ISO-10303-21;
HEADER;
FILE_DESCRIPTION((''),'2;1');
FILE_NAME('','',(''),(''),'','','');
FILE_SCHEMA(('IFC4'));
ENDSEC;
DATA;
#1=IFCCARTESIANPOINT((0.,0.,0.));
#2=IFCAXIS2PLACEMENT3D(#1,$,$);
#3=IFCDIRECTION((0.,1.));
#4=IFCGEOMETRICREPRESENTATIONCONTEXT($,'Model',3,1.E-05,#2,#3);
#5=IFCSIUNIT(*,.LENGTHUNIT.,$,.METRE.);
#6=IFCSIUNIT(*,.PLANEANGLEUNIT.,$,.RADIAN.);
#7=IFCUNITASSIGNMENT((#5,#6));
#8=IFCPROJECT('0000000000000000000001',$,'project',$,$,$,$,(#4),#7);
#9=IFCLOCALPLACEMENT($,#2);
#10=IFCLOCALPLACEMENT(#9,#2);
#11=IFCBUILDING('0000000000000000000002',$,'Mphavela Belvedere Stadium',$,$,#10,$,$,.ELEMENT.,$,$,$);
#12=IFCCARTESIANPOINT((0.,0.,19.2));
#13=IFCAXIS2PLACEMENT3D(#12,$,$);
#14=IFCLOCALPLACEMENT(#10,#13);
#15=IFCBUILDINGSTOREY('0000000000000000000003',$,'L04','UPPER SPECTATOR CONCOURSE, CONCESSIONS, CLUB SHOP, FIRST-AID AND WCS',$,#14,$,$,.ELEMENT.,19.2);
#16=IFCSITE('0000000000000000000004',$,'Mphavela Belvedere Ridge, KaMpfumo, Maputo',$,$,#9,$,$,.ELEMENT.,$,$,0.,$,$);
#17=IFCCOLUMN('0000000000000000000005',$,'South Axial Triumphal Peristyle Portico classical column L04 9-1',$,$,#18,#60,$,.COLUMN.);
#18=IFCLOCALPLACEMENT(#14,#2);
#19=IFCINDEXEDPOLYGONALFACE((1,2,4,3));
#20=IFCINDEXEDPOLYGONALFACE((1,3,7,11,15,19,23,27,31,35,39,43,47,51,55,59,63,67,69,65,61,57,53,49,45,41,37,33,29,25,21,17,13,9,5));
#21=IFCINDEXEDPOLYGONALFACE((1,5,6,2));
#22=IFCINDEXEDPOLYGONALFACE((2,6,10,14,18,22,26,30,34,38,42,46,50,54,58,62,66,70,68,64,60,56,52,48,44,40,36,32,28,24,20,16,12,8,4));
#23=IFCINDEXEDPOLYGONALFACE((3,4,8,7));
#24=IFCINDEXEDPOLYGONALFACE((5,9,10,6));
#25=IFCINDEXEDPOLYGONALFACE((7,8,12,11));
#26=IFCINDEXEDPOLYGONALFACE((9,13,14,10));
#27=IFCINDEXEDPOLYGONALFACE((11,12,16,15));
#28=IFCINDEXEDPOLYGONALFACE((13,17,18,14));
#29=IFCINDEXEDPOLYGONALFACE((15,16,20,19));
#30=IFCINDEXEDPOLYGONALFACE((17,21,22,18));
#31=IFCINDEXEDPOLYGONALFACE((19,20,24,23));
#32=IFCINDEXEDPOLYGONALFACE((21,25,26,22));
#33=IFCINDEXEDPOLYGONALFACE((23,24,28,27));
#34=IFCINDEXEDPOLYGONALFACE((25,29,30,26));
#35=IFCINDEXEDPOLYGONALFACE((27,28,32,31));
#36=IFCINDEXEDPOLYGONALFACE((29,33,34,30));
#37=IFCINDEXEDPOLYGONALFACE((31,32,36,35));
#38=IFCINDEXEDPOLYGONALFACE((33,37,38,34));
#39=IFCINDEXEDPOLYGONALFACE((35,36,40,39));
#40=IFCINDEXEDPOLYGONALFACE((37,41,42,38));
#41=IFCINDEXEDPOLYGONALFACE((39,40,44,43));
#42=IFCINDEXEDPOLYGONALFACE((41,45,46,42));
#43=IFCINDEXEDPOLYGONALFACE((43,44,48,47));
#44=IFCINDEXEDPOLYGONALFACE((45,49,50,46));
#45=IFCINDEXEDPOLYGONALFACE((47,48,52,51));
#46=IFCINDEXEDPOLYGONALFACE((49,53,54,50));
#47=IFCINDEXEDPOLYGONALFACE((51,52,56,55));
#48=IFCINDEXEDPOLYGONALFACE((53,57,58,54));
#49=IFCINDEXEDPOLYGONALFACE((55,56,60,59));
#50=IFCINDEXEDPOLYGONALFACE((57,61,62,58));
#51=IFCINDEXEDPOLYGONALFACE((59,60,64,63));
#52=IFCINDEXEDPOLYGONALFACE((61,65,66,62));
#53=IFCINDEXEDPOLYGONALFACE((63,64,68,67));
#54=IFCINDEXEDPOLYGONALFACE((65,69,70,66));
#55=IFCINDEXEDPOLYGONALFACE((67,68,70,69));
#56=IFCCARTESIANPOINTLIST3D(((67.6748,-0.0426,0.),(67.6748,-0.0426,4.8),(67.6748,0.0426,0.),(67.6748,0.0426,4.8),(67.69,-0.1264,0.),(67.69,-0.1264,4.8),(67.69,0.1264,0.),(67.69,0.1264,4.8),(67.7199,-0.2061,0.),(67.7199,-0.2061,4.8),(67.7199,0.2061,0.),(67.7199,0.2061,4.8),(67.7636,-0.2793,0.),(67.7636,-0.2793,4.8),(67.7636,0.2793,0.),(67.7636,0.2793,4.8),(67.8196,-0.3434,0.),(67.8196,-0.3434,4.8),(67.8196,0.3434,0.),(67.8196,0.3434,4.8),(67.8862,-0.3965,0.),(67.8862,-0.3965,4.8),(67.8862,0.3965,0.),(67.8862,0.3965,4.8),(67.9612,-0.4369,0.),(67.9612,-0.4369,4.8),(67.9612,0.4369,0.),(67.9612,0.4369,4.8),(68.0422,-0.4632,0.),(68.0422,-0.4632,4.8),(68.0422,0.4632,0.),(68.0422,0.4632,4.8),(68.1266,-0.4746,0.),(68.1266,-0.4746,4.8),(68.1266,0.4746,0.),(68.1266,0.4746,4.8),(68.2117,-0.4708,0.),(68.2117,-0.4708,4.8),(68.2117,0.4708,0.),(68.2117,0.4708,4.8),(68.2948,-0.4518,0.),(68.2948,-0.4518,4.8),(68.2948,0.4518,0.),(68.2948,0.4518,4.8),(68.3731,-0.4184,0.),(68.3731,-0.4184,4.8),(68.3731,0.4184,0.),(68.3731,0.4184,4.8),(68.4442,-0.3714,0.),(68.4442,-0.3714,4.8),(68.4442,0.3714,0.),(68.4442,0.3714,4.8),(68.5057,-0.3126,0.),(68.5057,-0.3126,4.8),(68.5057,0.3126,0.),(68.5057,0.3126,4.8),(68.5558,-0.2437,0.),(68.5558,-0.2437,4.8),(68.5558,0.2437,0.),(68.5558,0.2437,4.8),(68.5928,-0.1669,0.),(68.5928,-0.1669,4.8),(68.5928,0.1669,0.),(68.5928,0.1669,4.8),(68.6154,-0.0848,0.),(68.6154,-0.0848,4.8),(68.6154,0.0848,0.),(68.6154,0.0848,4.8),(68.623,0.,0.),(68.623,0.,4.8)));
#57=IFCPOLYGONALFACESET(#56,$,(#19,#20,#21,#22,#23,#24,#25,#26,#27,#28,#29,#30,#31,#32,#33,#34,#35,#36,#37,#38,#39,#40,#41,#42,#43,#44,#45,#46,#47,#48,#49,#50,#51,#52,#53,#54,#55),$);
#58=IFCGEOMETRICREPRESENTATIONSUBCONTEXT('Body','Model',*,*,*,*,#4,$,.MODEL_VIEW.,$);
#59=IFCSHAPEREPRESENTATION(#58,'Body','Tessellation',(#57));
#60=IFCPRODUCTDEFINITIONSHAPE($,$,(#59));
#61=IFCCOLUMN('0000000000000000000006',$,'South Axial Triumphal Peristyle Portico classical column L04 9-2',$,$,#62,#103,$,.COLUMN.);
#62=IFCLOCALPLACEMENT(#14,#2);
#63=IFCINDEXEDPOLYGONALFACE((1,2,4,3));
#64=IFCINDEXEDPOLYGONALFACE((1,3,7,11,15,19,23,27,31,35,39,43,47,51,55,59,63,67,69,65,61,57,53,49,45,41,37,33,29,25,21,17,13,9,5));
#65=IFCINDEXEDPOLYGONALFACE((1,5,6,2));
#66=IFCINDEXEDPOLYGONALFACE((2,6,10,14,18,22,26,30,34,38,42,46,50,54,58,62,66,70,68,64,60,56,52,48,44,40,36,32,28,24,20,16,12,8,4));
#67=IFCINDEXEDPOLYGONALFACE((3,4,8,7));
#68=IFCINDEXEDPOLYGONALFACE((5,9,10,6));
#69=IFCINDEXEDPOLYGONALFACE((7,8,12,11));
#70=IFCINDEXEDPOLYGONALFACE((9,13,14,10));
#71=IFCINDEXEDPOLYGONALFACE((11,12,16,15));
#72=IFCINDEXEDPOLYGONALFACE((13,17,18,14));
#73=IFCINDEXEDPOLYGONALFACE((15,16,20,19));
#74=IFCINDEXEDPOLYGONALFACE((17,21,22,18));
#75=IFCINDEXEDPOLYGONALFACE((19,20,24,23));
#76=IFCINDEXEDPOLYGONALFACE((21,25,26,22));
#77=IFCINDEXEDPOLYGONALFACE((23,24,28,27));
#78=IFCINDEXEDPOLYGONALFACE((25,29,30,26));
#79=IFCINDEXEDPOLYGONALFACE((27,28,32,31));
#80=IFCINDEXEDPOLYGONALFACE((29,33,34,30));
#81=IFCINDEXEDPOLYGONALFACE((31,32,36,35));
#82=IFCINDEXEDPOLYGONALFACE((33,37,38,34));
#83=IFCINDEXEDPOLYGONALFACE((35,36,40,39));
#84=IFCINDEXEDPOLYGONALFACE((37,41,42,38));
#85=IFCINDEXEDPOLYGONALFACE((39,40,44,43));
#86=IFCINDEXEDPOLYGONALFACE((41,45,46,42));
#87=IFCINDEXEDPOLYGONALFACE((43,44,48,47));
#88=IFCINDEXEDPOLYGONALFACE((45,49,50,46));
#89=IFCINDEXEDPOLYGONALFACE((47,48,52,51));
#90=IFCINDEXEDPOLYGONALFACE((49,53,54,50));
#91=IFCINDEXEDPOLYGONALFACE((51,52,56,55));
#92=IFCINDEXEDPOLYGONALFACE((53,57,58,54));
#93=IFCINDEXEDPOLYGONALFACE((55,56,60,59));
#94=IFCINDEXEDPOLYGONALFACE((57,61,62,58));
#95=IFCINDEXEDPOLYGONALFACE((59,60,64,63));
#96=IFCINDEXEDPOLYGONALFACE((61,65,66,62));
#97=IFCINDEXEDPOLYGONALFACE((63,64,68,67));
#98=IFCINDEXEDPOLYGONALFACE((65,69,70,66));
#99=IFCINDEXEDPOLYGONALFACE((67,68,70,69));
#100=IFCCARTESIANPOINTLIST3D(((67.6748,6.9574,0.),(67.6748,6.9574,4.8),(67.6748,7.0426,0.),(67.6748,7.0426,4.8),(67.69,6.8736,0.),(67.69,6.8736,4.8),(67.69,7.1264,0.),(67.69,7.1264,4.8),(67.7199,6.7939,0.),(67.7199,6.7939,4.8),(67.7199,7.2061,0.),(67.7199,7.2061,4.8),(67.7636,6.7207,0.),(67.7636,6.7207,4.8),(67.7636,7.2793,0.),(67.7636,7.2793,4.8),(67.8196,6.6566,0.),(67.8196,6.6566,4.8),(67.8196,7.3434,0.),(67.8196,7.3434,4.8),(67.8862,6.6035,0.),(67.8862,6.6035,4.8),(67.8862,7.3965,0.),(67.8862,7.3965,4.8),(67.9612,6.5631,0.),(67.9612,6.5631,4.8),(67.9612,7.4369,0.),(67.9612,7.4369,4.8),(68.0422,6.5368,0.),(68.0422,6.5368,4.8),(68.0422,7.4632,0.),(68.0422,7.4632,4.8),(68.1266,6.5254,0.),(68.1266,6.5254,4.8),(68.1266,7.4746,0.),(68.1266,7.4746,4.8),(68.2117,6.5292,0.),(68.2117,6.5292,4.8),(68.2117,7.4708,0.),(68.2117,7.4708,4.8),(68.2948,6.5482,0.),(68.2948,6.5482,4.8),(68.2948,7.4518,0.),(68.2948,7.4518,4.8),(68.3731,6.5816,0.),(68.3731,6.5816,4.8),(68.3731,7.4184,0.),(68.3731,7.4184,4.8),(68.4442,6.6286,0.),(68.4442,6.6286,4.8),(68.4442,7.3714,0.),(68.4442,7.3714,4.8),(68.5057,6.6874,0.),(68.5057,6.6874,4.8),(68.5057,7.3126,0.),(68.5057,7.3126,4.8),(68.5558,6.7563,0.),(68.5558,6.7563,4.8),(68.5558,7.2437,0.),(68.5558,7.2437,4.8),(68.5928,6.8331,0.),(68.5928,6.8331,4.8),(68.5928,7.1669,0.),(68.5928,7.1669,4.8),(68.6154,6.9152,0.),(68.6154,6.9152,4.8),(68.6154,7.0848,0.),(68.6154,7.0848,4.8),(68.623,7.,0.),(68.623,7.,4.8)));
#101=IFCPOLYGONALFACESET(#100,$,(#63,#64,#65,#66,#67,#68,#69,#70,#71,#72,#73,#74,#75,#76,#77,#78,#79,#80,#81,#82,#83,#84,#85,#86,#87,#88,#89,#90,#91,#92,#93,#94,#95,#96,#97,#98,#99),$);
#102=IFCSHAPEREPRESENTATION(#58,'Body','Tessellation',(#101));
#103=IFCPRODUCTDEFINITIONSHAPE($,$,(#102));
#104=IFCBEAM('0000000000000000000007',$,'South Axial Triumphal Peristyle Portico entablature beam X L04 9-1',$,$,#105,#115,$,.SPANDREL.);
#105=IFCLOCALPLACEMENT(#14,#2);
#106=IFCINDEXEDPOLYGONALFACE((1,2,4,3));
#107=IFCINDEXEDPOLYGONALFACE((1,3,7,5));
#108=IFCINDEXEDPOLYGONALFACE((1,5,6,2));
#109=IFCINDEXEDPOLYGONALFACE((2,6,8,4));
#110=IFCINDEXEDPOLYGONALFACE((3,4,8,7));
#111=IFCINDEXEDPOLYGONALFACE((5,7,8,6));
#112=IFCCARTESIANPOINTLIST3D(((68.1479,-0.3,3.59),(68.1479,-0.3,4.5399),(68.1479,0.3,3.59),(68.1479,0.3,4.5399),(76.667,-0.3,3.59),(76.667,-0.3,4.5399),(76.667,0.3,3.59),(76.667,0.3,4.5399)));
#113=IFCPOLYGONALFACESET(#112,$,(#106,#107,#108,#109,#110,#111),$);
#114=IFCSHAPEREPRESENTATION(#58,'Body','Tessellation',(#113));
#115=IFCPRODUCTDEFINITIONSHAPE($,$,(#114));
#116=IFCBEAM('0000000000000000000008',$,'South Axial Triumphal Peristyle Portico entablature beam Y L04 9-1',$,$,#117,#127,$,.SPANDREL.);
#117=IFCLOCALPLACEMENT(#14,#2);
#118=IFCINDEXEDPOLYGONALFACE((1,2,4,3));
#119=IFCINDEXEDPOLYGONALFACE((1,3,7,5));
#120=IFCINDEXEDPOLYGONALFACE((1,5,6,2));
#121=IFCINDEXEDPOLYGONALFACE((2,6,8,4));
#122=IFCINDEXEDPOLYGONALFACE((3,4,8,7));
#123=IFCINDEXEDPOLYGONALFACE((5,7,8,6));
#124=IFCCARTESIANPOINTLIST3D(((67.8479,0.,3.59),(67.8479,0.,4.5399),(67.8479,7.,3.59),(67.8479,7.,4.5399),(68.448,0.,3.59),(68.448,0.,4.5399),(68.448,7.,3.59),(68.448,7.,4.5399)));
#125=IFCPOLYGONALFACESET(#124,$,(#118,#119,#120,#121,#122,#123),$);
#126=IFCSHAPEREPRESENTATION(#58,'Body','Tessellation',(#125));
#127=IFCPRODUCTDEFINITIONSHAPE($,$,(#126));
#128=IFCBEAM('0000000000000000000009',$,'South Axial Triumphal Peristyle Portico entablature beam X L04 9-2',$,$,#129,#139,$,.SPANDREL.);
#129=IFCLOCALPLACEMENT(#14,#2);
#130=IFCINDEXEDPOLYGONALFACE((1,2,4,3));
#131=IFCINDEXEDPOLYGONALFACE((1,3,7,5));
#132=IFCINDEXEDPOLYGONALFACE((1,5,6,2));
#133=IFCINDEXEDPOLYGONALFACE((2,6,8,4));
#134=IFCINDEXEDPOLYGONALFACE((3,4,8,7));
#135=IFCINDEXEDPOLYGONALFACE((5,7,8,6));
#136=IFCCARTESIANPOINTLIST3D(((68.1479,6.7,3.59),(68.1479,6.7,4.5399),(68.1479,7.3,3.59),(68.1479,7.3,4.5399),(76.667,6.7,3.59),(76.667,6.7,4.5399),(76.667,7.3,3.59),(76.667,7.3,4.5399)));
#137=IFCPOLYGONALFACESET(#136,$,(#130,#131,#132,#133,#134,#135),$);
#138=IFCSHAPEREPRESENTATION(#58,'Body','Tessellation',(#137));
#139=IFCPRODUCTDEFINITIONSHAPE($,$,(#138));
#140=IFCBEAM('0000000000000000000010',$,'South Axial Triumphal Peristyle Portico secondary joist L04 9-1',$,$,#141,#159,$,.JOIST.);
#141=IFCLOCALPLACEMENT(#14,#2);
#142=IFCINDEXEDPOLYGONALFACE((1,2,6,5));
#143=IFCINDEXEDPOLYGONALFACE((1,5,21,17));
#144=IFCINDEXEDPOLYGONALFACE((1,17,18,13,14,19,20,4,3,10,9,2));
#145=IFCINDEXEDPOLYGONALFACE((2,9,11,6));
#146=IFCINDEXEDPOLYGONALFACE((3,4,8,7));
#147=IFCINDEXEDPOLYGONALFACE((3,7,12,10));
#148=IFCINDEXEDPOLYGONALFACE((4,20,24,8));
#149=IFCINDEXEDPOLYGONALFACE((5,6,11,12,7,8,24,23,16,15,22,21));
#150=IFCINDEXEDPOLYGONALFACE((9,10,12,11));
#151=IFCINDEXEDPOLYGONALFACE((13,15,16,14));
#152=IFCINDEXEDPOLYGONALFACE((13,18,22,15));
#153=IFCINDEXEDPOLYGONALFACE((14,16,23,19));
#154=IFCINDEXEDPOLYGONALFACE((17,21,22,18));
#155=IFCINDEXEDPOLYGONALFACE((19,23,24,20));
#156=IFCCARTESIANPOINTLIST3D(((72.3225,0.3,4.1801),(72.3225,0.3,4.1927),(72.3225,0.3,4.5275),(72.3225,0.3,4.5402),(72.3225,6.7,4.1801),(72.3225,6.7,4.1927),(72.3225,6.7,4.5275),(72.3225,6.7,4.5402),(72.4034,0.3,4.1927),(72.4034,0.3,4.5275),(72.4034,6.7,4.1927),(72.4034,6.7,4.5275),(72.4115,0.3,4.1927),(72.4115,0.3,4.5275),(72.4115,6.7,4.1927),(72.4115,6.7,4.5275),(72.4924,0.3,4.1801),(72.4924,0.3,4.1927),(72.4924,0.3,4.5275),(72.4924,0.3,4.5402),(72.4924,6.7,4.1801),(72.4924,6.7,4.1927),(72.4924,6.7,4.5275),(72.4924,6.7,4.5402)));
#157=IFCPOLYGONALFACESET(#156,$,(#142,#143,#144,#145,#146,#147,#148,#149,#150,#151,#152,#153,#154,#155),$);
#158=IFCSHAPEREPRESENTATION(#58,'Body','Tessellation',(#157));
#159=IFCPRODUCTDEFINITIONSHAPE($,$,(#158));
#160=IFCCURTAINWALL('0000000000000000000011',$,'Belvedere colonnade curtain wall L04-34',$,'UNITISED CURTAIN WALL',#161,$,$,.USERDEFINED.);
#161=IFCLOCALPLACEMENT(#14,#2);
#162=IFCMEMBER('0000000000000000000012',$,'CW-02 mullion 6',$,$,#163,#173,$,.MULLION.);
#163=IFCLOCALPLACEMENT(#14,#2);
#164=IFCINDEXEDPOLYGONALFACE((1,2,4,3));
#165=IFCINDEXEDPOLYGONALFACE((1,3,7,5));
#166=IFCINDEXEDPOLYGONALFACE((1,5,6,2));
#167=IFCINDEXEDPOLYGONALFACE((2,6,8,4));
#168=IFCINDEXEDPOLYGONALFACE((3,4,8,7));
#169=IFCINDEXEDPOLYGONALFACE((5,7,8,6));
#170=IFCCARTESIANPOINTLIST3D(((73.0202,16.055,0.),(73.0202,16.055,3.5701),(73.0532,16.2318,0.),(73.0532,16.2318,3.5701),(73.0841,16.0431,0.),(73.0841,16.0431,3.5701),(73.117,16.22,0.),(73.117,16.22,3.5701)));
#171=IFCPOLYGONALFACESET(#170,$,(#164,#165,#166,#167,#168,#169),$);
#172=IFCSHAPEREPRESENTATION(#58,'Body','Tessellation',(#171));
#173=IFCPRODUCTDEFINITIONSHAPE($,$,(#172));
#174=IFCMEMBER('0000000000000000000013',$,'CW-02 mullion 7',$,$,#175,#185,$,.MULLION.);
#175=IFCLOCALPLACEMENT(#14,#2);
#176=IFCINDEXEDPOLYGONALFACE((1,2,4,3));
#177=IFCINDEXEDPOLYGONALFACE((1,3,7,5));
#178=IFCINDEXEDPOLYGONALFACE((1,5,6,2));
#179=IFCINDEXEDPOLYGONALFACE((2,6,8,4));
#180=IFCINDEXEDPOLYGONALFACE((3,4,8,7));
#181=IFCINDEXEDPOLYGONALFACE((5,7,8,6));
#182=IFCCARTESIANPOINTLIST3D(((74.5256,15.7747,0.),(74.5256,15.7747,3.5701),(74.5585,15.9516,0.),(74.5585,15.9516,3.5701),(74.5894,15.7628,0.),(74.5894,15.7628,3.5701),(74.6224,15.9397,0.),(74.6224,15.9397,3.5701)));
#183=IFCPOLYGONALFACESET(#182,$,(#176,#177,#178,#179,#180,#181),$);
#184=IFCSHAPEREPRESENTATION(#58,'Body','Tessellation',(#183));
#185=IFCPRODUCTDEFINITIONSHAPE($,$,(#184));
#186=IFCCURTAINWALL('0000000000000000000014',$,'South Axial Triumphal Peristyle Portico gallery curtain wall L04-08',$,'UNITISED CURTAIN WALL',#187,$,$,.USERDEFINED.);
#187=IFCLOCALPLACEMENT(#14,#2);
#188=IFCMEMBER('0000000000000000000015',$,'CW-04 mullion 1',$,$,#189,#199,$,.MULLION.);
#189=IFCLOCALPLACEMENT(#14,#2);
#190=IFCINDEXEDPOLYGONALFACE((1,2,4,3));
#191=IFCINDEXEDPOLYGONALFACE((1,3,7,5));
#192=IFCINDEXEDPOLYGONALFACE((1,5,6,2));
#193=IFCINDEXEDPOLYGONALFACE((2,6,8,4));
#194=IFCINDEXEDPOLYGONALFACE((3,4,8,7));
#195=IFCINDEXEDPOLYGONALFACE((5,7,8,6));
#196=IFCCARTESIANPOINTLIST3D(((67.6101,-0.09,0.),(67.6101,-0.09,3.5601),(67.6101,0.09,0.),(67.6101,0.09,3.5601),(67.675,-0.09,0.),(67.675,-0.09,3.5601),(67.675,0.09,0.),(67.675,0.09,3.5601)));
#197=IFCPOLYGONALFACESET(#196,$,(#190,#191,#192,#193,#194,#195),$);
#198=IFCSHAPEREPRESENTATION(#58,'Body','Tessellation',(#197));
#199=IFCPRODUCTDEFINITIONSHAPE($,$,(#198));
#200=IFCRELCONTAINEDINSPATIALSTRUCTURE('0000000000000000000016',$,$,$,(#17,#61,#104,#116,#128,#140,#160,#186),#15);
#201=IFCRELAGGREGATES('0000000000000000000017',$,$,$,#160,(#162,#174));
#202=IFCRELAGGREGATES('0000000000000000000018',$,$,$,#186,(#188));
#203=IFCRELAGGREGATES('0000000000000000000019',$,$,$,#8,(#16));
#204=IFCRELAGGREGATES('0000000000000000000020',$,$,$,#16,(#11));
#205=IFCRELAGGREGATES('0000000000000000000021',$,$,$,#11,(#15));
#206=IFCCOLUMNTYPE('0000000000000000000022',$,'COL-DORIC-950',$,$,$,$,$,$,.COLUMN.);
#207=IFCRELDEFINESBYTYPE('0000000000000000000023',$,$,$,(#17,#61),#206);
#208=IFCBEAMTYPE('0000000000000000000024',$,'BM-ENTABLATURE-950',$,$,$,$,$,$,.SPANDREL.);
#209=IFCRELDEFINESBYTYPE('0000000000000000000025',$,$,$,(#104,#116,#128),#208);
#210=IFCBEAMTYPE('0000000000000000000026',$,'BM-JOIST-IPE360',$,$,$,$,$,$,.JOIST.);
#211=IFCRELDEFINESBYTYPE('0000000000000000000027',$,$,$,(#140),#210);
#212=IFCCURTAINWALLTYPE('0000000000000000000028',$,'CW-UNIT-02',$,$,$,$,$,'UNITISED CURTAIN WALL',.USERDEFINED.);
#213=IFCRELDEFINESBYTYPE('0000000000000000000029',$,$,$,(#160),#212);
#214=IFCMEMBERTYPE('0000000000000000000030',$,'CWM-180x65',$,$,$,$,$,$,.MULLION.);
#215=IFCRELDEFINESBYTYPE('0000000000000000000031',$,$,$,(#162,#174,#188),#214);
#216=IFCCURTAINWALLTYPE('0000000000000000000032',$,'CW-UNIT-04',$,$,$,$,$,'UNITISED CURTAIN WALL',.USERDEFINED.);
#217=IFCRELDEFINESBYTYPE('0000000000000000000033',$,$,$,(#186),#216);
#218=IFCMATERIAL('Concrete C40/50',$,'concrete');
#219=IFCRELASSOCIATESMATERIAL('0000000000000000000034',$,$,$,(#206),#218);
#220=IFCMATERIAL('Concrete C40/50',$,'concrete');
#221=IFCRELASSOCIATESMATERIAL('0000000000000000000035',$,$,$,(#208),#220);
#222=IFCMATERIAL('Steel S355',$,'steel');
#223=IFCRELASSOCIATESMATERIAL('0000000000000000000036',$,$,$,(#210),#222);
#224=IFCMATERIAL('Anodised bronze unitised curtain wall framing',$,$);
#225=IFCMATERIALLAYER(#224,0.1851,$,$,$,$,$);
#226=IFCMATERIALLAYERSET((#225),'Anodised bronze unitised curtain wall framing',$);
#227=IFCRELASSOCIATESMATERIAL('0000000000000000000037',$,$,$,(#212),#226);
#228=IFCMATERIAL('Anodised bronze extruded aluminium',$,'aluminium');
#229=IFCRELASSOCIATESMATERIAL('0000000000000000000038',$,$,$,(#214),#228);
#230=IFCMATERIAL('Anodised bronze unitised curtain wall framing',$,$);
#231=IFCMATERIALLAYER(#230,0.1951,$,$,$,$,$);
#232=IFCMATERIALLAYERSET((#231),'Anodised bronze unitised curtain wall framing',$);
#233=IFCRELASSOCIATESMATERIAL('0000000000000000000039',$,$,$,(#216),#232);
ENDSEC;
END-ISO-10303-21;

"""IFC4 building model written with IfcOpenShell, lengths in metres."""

from ifc_helpers import new_model, si_unit, direction, frame, origin, origin_2d, place, context, subcontext, project, spatial, rectangle, circle, i_section, extrude, material, layer, layer_set, material_profile, profile_set, type_object, element, aggregate, save


model = new_model("IFC4")

# Units and contexts
model_context = context("Model", 3, precision=1e-05, world=origin(), true_north=direction((0.0, 1.0)))
body_context = subcontext(model_context, "Body", "Model", "MODEL_VIEW")
ifc_project = project(units=[si_unit("LENGTHUNIT", "METRE"), si_unit("PLANEANGLEUNIT", "RADIAN")], contexts=[model_context])

# Site, building, storey
site_placement = place(None, origin())
site = spatial("IfcSite", under=ifc_project, at=site_placement, Name="Mphavela Belvedere Ridge, KaMpfumo, Maputo", CompositionType="ELEMENT", RefElevation=0.0)
building_placement = place(site_placement, origin())
building = spatial("IfcBuilding", under=site, at=building_placement, Name="Mphavela Belvedere Stadium", CompositionType="ELEMENT")
storey_placement = place(building_placement, frame((0.0, 0.0, 19.2)))
storey = spatial("IfcBuildingStorey", under=building, at=storey_placement, Name="L04", Description="UPPER SPECTATOR CONCOURSE, CONCESSIONS, CLUB SHOP, FIRST-AID AND WCS", CompositionType="ELEMENT", Elevation=19.2)

# Columns
ifc_material_1 = material(Name="Concrete C40/50", Category="concrete")
ifc_material_profile_1 = material_profile(ifc_material_1, circle(Radius=0.4751, at=origin_2d()), Name="COL D950")
ifc_profile_set_1 = profile_set([ifc_material_profile_1], Name="Concrete C40/50")
column_type = type_object("IfcColumnType", Name="COL-DORIC-950", PredefinedType="COLUMN", material=ifc_profile_set_1)
for number, where, z_axis, x_axis, name in (
    (1, (68.1479, 0.0, 0.0), (0.0, 0.0, 1.0), (1.0, 0.0, 0.0), "South Axial Triumphal Peristyle Portico classical column L04 9-1"),
    (2, (68.1479, 7.0, 0.0), (0.0, 0.0, 1.0), (1.0, 0.0, 0.0), "South Axial Triumphal Peristyle Portico classical column L04 9-2"),
):
    element("IfcColumn", number, at=place(storey_placement, frame(where, z_axis=z_axis, x_axis=x_axis)), inside=storey, type_object=column_type, Name=name, PredefinedType="COLUMN", context=body_context, shape_type="SweptSolid", body=[
        extrude(circle(Radius=0.4751, at=origin_2d()), origin(), (0.0, 0.0, 1.0), 4.8),
    ])

# Beams
ifc_material_2 = material(Name="Concrete C40/50", Category="concrete")
ifc_material_profile_2 = material_profile(ifc_material_2, rectangle(XDim=0.6001, YDim=0.95, at=origin_2d()), Name="RC 600x950")
ifc_profile_set_2 = profile_set([ifc_material_profile_2], Name="Concrete C40/50")
beam_type_1 = type_object("IfcBeamType", Name="BM-ENTABLATURE-950", PredefinedType="SPANDREL", material=ifc_profile_set_2)
beam_1_placement = place(storey_placement, frame((68.1479, 0.0, 4.0649), z_axis=(1.0, 0.0, 0.0), x_axis=(0.0, 1.0, 0.0)))
element("IfcBeam", 3, at=beam_1_placement, inside=storey, type_object=beam_type_1, Name="South Axial Triumphal Peristyle Portico entablature beam X L04 9-1", PredefinedType="SPANDREL", context=body_context, shape_type="SweptSolid", body=[
    extrude(rectangle(XDim=0.6001, YDim=0.95, at=origin_2d()), origin(), (0.0, 0.0, 1.0), 8.519),
])
beam_2_placement = place(storey_placement, frame((68.1479, 0.0, 4.0649), z_axis=(0.0, 1.0, 0.0), x_axis=(-1.0, 0.0, 0.0)))
element("IfcBeam", 4, at=beam_2_placement, inside=storey, type_object=beam_type_1, Name="South Axial Triumphal Peristyle Portico entablature beam Y L04 9-1", PredefinedType="SPANDREL", context=body_context, shape_type="SweptSolid", body=[
    extrude(rectangle(XDim=0.6001, YDim=0.95, at=origin_2d()), origin(), (0.0, 0.0, 1.0), 7.0),
])
beam_3_placement = place(storey_placement, frame((68.1479, 7.0, 4.0649), z_axis=(1.0, 0.0, 0.0), x_axis=(0.0, 1.0, 0.0)))
element("IfcBeam", 5, at=beam_3_placement, inside=storey, type_object=beam_type_1, Name="South Axial Triumphal Peristyle Portico entablature beam X L04 9-2", PredefinedType="SPANDREL", context=body_context, shape_type="SweptSolid", body=[
    extrude(rectangle(XDim=0.6001, YDim=0.95, at=origin_2d()), origin(), (0.0, 0.0, 1.0), 8.519),
])
ifc_material_3 = material(Name="Steel S355", Category="steel")
ifc_material_profile_3 = material_profile(ifc_material_3, i_section(OverallWidth=0.1699, OverallDepth=0.3601, WebThickness=0.0081, FlangeThickness=0.0127, at=origin_2d()), Name="IPE 360")
ifc_profile_set_3 = profile_set([ifc_material_profile_3], Name="Steel S355")
beam_type_2 = type_object("IfcBeamType", Name="BM-JOIST-IPE360", PredefinedType="JOIST", material=ifc_profile_set_3)
beam_4_placement = place(storey_placement, frame((72.4075, 0.3, 4.3601), z_axis=(0.0, 1.0, 0.0), x_axis=(-1.0, 0.0, 0.0)))
element("IfcBeam", 6, at=beam_4_placement, inside=storey, type_object=beam_type_2, Name="South Axial Triumphal Peristyle Portico secondary joist L04 9-1", PredefinedType="JOIST", context=body_context, shape_type="SweptSolid", body=[
    extrude(i_section(OverallWidth=0.1699, OverallDepth=0.3601, WebThickness=0.0081, FlangeThickness=0.0127, at=origin_2d()), origin(), (0.0, 0.0, 1.0), 6.3999),
])

# Curtain walls, members
ifc_material_4 = material(Name="Anodised bronze unitised curtain wall framing")
ifc_layer_1 = layer(ifc_material_4, 0.1851)
ifc_layer_set_1 = layer_set([ifc_layer_1], Name="Anodised bronze unitised curtain wall framing")
curtain_wall_type_1 = type_object("IfcCurtainWallType", Name="CW-UNIT-02", ElementType="UNITISED CURTAIN WALL", PredefinedType="USERDEFINED", material=ifc_layer_set_1)
curtain_wall_1_placement = place(storey_placement, origin())
curtain_wall_1 = element("IfcCurtainWall", 7, at=curtain_wall_1_placement, inside=storey, type_object=curtain_wall_type_1, Name="Belvedere colonnade curtain wall L04-34", ObjectType="UNITISED CURTAIN WALL", PredefinedType="USERDEFINED")
ifc_material_5 = material(Name="Anodised bronze extruded aluminium", Category="aluminium")
ifc_material_profile_4 = material_profile(ifc_material_5, rectangle(XDim=0.1799, YDim=0.0649, at=origin_2d()), Name="CW-MUL 180x65")
ifc_profile_set_4 = profile_set([ifc_material_profile_4], Name="Anodised bronze extruded aluminium")
member_type_1 = type_object("IfcMemberType", Name="CWM-180x65", PredefinedType="MULLION", material=ifc_profile_set_4)
member_1_placement = place(storey_placement, frame((73.0686, 16.1375, 0.0), z_axis=(0.0, 0.0, 1.0), x_axis=(0.183091, 0.983096, 0.0)))
member_1 = element("IfcMember", 8, at=member_1_placement, type_object=member_type_1, Name="CW-02 mullion 6", PredefinedType="MULLION", context=body_context, shape_type="SweptSolid", body=[
    extrude(rectangle(XDim=0.1799, YDim=0.0649, at=origin_2d()), origin(), (0.0, 0.0, 1.0), 3.5701),
])
member_2_placement = place(storey_placement, frame((74.574, 15.8572, 0.0), z_axis=(0.0, 0.0, 1.0), x_axis=(0.183091, 0.983096, 0.0)))
member_2 = element("IfcMember", 9, at=member_2_placement, type_object=member_type_1, Name="CW-02 mullion 7", PredefinedType="MULLION", context=body_context, shape_type="SweptSolid", body=[
    extrude(rectangle(XDim=0.1799, YDim=0.0649, at=origin_2d()), origin(), (0.0, 0.0, 1.0), 3.5701),
])
ifc_material_6 = material(Name="Anodised bronze unitised curtain wall framing")
ifc_layer_2 = layer(ifc_material_6, 0.1951)
ifc_layer_set_2 = layer_set([ifc_layer_2], Name="Anodised bronze unitised curtain wall framing")
curtain_wall_type_2 = type_object("IfcCurtainWallType", Name="CW-UNIT-04", ElementType="UNITISED CURTAIN WALL", PredefinedType="USERDEFINED", material=ifc_layer_set_2)
curtain_wall_2_placement = place(storey_placement, origin())
curtain_wall_2 = element("IfcCurtainWall", 10, at=curtain_wall_2_placement, inside=storey, type_object=curtain_wall_type_2, Name="South Axial Triumphal Peristyle Portico gallery curtain wall L04-08", ObjectType="UNITISED CURTAIN WALL", PredefinedType="USERDEFINED")
member_3_placement = place(storey_placement, frame((67.6426, 0.0, 0.0), z_axis=(0.0, 0.0, 1.0), x_axis=(0.0, -1.0, 0.0)))
member_3 = element("IfcMember", 11, at=member_3_placement, type_object=member_type_1, Name="CW-04 mullion 1", PredefinedType="MULLION", context=body_context, shape_type="SweptSolid", body=[
    extrude(rectangle(XDim=0.1799, YDim=0.0649, at=origin_2d()), origin(), (0.0, 0.0, 1.0), 3.5601),
])

aggregate(curtain_wall_1, [member_1, member_2])
aggregate(curtain_wall_2, [member_3])

save(model, "model.ifc")
